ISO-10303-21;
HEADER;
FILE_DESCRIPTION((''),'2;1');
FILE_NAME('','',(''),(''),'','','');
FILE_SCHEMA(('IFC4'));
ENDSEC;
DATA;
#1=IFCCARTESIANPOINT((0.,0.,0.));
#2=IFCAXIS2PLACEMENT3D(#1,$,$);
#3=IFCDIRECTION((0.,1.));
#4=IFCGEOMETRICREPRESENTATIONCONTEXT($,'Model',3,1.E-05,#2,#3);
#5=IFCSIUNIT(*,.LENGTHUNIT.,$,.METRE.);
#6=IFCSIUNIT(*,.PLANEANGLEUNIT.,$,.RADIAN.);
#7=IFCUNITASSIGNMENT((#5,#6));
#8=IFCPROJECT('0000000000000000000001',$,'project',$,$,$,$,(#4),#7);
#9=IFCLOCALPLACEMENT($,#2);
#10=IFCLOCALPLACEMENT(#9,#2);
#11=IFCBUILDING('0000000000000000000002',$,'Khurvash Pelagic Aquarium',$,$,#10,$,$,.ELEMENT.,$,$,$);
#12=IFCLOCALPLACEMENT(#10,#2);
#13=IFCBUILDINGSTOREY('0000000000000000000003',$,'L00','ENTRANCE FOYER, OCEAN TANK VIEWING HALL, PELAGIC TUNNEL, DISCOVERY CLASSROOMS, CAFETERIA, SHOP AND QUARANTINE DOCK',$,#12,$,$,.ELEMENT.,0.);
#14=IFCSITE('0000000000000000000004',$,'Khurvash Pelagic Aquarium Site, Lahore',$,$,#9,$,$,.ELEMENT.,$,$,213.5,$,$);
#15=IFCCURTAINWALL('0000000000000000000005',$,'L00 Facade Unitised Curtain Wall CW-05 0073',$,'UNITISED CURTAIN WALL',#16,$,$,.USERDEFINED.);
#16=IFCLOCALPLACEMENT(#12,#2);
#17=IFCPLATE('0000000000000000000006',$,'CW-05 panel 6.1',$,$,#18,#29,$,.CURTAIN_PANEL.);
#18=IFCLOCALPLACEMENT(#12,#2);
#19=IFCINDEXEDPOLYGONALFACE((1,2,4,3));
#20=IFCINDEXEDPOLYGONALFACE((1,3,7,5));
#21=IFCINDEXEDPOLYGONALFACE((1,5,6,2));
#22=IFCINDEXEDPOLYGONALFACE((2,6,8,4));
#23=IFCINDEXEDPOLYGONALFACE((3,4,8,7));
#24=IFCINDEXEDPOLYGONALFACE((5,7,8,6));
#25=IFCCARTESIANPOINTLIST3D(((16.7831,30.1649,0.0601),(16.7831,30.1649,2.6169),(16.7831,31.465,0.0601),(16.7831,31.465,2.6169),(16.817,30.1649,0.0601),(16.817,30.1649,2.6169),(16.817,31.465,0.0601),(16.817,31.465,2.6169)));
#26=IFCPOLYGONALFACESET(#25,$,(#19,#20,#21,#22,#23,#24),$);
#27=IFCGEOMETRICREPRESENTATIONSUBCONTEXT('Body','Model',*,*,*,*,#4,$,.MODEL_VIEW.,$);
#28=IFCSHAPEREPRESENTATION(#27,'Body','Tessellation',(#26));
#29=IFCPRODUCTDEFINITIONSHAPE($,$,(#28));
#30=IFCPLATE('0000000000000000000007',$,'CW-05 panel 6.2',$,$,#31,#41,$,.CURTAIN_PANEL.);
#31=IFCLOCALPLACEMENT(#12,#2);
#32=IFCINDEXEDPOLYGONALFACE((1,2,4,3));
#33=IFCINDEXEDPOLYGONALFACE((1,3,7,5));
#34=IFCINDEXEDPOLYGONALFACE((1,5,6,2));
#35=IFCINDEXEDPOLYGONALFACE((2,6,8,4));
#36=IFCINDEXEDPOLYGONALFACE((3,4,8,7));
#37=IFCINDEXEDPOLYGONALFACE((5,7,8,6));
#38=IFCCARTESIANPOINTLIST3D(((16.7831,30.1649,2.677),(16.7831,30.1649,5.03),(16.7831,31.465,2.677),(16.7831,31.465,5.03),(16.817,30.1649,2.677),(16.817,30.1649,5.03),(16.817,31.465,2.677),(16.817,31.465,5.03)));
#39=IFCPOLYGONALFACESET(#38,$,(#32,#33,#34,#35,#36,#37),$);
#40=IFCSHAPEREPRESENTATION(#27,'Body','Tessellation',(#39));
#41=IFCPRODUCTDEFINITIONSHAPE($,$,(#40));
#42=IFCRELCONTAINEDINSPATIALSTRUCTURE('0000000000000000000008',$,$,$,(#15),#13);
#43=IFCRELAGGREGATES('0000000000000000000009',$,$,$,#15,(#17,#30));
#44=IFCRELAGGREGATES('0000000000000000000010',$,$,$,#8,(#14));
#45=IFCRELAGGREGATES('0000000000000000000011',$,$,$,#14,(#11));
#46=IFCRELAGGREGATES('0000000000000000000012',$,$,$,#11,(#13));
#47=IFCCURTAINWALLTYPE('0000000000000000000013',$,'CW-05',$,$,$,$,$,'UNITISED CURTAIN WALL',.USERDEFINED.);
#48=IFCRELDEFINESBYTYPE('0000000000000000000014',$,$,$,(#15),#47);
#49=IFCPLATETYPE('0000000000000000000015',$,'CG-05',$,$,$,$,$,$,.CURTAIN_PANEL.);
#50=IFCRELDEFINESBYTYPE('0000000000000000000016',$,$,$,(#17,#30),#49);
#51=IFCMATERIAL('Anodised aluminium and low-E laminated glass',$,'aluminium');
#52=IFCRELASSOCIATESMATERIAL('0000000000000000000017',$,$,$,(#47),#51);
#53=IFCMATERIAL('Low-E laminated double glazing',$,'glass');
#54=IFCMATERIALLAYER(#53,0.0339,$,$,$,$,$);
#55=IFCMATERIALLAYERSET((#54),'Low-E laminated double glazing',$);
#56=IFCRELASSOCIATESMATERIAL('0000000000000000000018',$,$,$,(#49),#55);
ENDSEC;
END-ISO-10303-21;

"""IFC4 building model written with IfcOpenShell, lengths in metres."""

from ifc_helpers import new_model, si_unit, direction, frame, origin, origin_2d, place, context, subcontext, project, spatial, rectangle, extrude, material, layer, layer_set, type_object, element, aggregate, save


model = new_model("IFC4")

# Units and contexts
model_context = context("Model", 3, precision=1e-05, world=origin(), true_north=direction((0.0, 1.0)))
body_context = subcontext(model_context, "Body", "Model", "MODEL_VIEW")
ifc_project = project(units=[si_unit("LENGTHUNIT", "METRE"), si_unit("PLANEANGLEUNIT", "RADIAN")], contexts=[model_context])

# Site, building, storey
site_placement = place(None, origin())
site = spatial("IfcSite", under=ifc_project, at=site_placement, Name="Khurvash Pelagic Aquarium Site, Lahore", CompositionType="ELEMENT", RefElevation=213.5)
building_placement = place(site_placement, origin())
building = spatial("IfcBuilding", under=site, at=building_placement, Name="Khurvash Pelagic Aquarium", CompositionType="ELEMENT")
storey_placement = place(building_placement, origin())
storey = spatial("IfcBuildingStorey", under=building, at=storey_placement, Name="L00", Description="ENTRANCE FOYER, OCEAN TANK VIEWING HALL, PELAGIC TUNNEL, DISCOVERY CLASSROOMS, CAFETERIA, SHOP AND QUARANTINE DOCK", CompositionType="ELEMENT", Elevation=0.0)

# Curtain wall
ifc_material_1 = material(Name="Anodised aluminium and low-E laminated glass", Category="aluminium")
curtain_wall_type_1 = type_object("IfcCurtainWallType", Name="CW-05", ElementType="UNITISED CURTAIN WALL", PredefinedType="USERDEFINED", material=ifc_material_1)
curtain_wall_1_placement = place(storey_placement, origin())
curtain_wall_1 = element("IfcCurtainWall", 1, at=curtain_wall_1_placement, inside=storey, type_object=curtain_wall_type_1, Name="L00 Facade Unitised Curtain Wall CW-05 0073", ObjectType="UNITISED CURTAIN WALL", PredefinedType="USERDEFINED")

# Plates
ifc_material_2 = material(Name="Low-E laminated double glazing", Category="glass")
ifc_layer_1 = layer(ifc_material_2, 0.0339)
ifc_layer_set_1 = layer_set([ifc_layer_1], Name="Low-E laminated double glazing")
plate_type_1 = type_object("IfcPlateType", Name="CG-05", PredefinedType="CURTAIN_PANEL", material=ifc_layer_set_1)
plate_1_placement = place(storey_placement, frame((16.8, 30.8149, 0.0601), z_axis=(0.0, 0.0, 1.0), x_axis=(0.0, -1.0, 0.0)))
plate_1 = element("IfcPlate", 2, at=plate_1_placement, type_object=plate_type_1, Name="CW-05 panel 6.1", PredefinedType="CURTAIN_PANEL", context=body_context, shape_type="SweptSolid", body=[
    extrude(rectangle(XDim=1.3, YDim=0.0339, at=origin_2d()), origin(), (0.0, 0.0, 1.0), 2.5569),
])
plate_2_placement = place(storey_placement, frame((16.8, 30.8149, 2.677), z_axis=(0.0, 0.0, 1.0), x_axis=(0.0, -1.0, 0.0)))
plate_2 = element("IfcPlate", 3, at=plate_2_placement, type_object=plate_type_1, Name="CW-05 panel 6.2", PredefinedType="CURTAIN_PANEL", context=body_context, shape_type="SweptSolid", body=[
    extrude(rectangle(XDim=1.3, YDim=0.0339, at=origin_2d()), origin(), (0.0, 0.0, 1.0), 2.353),
])
aggregate(curtain_wall_1, [plate_1, plate_2])

save(model, "model.ifc")
